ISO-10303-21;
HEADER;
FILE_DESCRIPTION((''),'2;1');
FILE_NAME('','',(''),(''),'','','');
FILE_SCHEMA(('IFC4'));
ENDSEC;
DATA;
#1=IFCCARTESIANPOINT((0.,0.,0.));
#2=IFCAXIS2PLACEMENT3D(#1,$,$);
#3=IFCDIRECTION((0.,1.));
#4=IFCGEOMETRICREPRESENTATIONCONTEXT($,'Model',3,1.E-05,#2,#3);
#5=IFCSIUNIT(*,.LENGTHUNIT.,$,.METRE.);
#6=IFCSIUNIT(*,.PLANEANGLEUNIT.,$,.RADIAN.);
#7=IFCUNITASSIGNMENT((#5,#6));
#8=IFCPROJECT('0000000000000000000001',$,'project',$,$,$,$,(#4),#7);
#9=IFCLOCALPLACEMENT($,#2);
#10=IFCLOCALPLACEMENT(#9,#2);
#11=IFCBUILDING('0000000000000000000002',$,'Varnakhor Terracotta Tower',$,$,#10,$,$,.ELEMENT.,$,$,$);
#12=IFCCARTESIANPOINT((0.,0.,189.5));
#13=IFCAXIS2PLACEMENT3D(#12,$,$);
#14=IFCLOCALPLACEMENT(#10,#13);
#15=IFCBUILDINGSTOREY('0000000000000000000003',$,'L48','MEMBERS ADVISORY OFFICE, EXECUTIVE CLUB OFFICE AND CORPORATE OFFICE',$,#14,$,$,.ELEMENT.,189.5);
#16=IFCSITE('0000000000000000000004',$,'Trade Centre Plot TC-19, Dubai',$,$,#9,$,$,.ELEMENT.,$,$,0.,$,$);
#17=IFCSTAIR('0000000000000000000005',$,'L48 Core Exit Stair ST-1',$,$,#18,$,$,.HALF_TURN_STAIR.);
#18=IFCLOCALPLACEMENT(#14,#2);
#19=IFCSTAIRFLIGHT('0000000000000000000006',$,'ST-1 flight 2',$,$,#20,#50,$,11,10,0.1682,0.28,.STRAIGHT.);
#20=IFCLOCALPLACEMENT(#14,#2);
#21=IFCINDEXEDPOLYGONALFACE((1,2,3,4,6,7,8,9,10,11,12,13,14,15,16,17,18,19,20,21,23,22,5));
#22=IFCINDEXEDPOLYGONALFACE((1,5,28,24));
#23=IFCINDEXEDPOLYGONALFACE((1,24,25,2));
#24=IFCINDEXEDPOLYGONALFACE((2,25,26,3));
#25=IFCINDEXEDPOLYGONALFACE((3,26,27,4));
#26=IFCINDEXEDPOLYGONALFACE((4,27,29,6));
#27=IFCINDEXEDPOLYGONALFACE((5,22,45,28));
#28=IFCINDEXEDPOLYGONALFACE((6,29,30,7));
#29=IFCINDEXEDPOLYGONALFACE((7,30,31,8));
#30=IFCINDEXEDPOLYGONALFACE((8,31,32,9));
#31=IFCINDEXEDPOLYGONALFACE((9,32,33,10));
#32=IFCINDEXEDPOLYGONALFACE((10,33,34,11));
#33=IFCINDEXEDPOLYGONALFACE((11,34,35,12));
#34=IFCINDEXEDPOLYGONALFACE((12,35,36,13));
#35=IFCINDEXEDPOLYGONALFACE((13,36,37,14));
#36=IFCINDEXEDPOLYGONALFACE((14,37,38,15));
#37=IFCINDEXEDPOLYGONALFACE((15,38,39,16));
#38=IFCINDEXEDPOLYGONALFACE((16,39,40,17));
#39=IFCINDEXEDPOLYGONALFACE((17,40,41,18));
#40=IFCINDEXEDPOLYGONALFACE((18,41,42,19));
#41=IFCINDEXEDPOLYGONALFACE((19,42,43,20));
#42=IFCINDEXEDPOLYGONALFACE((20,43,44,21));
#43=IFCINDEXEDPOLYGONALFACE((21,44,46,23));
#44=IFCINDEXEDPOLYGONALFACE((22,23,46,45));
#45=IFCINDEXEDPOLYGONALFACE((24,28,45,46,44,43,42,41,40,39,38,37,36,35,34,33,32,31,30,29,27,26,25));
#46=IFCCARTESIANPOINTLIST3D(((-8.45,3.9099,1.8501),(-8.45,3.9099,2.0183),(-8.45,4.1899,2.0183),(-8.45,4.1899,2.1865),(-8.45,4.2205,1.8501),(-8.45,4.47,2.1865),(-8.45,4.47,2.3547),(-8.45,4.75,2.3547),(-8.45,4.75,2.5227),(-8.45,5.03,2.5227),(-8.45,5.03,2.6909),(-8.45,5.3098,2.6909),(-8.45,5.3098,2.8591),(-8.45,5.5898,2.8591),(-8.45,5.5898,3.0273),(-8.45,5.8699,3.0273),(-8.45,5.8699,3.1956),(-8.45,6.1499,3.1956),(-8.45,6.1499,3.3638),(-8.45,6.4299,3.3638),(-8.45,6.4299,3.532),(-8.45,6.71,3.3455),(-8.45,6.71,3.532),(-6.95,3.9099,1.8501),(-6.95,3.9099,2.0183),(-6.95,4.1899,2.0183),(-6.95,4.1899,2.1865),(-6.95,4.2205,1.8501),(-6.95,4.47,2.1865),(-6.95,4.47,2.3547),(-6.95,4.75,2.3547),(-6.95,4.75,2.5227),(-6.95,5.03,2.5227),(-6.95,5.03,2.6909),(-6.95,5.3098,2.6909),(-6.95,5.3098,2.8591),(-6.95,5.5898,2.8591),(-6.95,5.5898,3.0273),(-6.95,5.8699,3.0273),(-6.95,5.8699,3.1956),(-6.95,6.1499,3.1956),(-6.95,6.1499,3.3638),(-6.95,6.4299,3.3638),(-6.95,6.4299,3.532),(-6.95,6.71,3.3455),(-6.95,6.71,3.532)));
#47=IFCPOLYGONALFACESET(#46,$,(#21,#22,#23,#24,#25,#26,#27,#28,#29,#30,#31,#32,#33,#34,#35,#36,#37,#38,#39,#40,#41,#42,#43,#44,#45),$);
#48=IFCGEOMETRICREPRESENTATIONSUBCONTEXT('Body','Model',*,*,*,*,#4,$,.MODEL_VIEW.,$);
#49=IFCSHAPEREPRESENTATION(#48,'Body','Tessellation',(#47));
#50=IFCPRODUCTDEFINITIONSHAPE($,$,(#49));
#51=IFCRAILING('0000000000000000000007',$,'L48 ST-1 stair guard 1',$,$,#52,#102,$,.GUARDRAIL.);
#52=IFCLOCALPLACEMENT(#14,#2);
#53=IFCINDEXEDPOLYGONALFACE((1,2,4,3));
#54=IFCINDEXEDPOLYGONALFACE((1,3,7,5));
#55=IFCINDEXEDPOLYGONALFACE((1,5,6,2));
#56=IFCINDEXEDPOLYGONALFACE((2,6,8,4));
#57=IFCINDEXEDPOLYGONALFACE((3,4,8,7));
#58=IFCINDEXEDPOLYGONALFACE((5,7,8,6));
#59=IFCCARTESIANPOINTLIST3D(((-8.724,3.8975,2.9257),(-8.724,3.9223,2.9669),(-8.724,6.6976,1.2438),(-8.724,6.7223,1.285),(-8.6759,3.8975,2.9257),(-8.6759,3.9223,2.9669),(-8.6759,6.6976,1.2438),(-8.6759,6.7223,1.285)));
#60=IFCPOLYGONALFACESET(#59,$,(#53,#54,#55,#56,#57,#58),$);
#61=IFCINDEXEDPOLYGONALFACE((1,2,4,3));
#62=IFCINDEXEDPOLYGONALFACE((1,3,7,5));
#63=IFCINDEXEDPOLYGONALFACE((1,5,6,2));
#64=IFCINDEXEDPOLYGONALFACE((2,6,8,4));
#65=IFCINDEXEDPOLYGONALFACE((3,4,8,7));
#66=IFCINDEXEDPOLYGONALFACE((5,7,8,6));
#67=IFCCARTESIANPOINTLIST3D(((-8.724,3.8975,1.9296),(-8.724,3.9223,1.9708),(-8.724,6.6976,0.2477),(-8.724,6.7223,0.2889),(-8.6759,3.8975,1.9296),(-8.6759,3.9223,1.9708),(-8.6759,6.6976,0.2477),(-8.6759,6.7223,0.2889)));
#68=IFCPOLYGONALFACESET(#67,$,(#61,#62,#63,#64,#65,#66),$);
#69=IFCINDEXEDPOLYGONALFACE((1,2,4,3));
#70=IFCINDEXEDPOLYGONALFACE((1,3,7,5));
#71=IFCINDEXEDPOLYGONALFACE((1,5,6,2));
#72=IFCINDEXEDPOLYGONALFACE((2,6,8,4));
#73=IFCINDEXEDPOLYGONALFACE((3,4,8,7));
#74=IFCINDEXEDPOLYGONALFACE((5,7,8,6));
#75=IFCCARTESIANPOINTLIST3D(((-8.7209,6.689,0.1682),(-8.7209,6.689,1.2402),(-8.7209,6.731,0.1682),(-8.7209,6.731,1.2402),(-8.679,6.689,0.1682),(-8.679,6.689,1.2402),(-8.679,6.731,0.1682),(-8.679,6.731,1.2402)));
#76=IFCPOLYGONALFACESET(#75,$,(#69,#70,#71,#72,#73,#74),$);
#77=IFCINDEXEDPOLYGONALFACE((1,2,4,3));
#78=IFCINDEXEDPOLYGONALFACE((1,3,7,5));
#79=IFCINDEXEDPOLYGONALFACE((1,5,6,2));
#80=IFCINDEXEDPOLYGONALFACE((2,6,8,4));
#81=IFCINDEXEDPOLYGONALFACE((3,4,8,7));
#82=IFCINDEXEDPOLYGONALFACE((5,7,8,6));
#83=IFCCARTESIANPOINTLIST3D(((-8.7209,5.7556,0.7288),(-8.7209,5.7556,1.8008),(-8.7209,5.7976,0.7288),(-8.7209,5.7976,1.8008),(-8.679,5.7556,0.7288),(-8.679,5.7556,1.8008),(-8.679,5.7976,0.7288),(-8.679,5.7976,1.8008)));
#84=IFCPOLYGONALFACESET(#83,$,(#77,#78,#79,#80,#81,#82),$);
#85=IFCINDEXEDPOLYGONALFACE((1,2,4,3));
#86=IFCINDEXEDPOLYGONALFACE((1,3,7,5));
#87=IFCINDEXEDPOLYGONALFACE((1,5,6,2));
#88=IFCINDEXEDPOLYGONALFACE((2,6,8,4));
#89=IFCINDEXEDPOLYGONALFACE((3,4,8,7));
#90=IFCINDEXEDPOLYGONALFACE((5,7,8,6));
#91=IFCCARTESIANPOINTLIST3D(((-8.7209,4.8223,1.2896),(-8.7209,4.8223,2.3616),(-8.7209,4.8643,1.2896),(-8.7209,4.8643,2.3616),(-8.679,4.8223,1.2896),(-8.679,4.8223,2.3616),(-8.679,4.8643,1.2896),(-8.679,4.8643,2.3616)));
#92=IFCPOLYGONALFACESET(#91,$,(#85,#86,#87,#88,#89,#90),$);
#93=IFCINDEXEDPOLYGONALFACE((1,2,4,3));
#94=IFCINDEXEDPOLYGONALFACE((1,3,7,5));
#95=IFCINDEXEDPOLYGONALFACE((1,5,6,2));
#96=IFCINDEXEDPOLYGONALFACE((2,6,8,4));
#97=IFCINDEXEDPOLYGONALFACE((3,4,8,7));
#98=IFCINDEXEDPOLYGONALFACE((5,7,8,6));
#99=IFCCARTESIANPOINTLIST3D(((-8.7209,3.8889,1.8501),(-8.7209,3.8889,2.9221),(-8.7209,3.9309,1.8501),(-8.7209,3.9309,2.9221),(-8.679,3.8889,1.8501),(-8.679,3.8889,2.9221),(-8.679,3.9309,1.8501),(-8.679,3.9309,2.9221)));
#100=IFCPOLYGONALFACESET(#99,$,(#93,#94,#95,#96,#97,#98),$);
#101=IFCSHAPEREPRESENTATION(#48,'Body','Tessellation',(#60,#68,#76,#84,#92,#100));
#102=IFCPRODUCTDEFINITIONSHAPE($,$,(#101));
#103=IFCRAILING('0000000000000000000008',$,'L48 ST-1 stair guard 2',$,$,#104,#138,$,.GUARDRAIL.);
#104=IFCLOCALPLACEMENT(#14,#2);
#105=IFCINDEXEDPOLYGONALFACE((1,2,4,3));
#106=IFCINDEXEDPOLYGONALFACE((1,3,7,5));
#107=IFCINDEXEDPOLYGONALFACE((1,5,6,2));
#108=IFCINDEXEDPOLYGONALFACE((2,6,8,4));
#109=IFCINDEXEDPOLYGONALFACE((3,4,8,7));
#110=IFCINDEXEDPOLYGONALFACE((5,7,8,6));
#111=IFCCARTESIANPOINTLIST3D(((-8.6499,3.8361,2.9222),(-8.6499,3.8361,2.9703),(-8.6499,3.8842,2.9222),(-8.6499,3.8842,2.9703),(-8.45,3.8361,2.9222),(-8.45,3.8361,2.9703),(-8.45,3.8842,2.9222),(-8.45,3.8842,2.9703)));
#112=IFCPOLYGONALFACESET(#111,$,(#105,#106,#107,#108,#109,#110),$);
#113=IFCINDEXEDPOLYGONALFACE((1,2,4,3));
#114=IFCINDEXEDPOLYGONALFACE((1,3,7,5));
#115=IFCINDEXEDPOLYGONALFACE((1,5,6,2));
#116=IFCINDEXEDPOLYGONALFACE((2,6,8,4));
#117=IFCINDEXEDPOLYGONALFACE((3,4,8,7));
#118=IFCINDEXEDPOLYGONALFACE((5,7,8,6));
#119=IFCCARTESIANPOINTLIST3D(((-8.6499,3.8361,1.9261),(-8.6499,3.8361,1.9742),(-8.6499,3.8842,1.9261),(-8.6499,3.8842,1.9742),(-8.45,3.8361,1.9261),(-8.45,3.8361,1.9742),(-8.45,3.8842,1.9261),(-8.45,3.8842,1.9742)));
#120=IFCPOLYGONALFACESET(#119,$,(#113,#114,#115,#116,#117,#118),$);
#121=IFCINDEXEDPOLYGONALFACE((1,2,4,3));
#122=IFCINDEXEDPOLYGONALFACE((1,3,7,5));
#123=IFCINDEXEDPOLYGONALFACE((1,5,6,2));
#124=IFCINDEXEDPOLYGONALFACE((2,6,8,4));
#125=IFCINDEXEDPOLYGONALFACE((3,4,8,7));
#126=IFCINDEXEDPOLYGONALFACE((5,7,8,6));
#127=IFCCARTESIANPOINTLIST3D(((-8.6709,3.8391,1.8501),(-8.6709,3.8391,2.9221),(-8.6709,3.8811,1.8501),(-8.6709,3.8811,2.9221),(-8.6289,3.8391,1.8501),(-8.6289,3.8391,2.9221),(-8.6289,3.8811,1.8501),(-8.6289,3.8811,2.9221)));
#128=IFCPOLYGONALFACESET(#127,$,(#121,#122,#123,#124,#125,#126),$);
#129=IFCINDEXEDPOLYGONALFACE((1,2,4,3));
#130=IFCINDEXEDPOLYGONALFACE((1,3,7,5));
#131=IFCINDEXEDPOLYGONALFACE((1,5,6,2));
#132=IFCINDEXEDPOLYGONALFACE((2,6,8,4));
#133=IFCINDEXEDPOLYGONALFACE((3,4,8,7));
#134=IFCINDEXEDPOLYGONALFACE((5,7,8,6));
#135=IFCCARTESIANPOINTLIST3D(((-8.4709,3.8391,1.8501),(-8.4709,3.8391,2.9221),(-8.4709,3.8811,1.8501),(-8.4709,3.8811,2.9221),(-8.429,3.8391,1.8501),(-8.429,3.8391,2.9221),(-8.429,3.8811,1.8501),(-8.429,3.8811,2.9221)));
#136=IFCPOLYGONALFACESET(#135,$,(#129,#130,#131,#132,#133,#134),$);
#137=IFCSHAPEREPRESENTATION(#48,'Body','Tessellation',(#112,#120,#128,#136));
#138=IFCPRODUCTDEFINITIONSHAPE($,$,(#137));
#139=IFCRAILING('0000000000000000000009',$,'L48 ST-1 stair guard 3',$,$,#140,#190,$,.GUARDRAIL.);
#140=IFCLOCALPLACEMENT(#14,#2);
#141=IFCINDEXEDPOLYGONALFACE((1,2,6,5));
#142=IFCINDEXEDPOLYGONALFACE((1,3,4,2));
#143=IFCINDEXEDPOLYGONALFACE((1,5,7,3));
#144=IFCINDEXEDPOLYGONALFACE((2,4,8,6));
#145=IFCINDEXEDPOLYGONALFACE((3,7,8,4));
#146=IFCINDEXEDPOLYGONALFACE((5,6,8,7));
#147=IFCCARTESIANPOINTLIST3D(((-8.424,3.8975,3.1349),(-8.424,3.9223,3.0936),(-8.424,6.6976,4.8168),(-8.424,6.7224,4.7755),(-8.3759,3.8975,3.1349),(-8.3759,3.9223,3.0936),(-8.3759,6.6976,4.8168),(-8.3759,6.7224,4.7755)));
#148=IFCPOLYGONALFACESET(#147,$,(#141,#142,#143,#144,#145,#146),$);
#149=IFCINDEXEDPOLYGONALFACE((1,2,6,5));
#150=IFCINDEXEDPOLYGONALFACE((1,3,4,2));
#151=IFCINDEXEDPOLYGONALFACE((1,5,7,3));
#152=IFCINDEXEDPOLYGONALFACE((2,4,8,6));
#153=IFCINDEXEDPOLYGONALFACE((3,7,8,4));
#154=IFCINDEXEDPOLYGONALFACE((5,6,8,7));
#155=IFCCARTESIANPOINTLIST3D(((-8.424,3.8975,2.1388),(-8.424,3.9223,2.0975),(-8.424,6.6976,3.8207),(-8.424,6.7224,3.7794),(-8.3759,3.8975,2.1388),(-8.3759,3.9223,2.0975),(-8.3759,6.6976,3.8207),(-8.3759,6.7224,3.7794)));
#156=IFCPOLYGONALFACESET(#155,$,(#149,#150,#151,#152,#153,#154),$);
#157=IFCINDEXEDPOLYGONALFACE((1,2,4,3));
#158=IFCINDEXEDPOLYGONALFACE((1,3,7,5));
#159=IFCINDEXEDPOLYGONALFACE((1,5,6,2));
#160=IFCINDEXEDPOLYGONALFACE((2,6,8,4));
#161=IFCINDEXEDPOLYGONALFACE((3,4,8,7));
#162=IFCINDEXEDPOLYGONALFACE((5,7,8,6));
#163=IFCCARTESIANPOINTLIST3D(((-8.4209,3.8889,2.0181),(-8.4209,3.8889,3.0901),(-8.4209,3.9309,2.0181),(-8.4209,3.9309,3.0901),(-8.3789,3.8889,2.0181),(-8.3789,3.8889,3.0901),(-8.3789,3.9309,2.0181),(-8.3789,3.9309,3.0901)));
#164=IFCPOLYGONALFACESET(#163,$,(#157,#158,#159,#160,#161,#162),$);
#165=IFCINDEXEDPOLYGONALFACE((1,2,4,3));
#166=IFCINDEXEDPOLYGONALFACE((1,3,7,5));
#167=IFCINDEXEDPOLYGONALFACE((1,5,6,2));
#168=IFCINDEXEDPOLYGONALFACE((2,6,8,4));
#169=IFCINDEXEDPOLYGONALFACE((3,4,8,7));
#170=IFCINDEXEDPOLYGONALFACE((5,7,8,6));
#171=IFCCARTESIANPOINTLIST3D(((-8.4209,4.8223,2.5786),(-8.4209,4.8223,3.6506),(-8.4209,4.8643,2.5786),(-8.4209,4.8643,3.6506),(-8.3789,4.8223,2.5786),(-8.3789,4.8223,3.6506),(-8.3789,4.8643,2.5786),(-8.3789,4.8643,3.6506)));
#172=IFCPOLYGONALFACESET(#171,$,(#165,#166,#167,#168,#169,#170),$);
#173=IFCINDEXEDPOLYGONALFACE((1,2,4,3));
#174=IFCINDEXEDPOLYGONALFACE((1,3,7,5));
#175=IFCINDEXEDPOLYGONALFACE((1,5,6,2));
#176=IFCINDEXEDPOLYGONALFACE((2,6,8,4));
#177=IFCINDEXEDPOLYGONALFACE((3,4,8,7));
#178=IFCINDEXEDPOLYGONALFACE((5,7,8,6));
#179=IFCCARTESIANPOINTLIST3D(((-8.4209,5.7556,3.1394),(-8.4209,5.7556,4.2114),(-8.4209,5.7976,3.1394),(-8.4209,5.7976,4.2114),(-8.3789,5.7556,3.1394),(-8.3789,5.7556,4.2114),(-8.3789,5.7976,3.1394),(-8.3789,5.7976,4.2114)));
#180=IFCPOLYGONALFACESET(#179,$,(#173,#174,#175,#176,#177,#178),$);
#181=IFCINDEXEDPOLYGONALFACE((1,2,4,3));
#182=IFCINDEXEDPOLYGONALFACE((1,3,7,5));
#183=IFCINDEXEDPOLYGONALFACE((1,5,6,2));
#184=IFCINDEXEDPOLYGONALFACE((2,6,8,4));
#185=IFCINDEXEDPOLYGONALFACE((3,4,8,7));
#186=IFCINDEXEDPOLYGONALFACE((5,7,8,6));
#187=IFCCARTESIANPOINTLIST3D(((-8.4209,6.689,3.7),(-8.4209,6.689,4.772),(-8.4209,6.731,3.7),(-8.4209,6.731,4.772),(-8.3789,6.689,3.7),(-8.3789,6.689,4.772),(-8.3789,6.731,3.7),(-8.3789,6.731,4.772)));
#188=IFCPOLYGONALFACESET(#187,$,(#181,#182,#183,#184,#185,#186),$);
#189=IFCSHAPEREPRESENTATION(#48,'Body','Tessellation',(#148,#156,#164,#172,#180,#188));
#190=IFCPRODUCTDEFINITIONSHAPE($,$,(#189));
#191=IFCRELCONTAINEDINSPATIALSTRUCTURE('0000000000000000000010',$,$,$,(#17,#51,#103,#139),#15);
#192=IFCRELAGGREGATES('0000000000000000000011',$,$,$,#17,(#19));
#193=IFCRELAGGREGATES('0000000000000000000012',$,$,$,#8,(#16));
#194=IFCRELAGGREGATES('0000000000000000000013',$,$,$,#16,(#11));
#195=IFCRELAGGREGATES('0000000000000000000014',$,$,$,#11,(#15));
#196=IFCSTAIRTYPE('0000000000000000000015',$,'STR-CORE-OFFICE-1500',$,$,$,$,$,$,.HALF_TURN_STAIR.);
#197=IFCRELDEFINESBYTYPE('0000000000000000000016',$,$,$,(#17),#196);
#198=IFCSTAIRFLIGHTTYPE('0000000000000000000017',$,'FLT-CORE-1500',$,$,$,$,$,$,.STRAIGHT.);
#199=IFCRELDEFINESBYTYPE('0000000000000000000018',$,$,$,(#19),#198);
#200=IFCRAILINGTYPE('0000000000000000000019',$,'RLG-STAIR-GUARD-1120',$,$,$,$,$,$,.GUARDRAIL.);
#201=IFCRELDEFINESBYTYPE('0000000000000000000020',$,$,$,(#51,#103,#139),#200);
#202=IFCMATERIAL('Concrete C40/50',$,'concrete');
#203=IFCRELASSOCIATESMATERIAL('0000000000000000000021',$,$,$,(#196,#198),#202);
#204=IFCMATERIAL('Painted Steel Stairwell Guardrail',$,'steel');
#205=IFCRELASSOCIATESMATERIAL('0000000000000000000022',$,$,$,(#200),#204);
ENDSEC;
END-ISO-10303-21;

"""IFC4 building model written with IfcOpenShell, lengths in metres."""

from ifc_helpers import new_model, si_unit, direction, frame, origin, origin_2d, place, context, subcontext, project, spatial, polyline, rectangle, outline, extrude, material, type_object, element, aggregate, save


model = new_model("IFC4")

# Units and contexts
model_context = context("Model", 3, precision=1e-05, world=origin(), true_north=direction((0.0, 1.0)))
body_context = subcontext(model_context, "Body", "Model", "MODEL_VIEW")
ifc_project = project(units=[si_unit("LENGTHUNIT", "METRE"), si_unit("PLANEANGLEUNIT", "RADIAN")], contexts=[model_context])

# Site, building, storey
site_placement = place(None, origin())
site = spatial("IfcSite", under=ifc_project, at=site_placement, Name="Trade Centre Plot TC-19, Dubai", CompositionType="ELEMENT", RefElevation=0.0)
building_placement = place(site_placement, origin())
building = spatial("IfcBuilding", under=site, at=building_placement, Name="Varnakhor Terracotta Tower", CompositionType="ELEMENT")
storey_placement = place(building_placement, frame((0.0, 0.0, 189.5)))
storey = spatial("IfcBuildingStorey", under=building, at=storey_placement, Name="L48", Description="MEMBERS ADVISORY OFFICE, EXECUTIVE CLUB OFFICE AND CORPORATE OFFICE", CompositionType="ELEMENT", Elevation=189.5)

# Stair, stair flight
ifc_material_1 = material(Name="Concrete C40/50", Category="concrete")
stair_type = type_object("IfcStairType", Name="STR-CORE-OFFICE-1500", PredefinedType="HALF_TURN_STAIR", material=ifc_material_1)
stair_placement = place(storey_placement, origin())
stair = element("IfcStair", 1, at=stair_placement, inside=storey, type_object=stair_type, Name="L48 Core Exit Stair ST-1", PredefinedType="HALF_TURN_STAIR")
stair_flight_type = type_object("IfcStairFlightType", Name="FLT-CORE-1500", PredefinedType="STRAIGHT", material=ifc_material_1)
stair_flight_1_placement = place(storey_placement, frame((-7.7, 3.9099, 1.8501), z_axis=(0.0, 0.0, 1.0), x_axis=(0.0, 1.0, 0.0)))
stair_flight_1 = element("IfcStairFlight", 2, at=stair_flight_1_placement, type_object=stair_flight_type, Name="ST-1 flight 2", NumberOfRisers=11, NumberOfTreads=10, PredefinedType="STRAIGHT", RiserHeight=0.1682, TreadLength=0.28, context=body_context, shape_type="SweptSolid", body=[
    extrude(outline(polyline([(0.0, 0.0), (0.0, 0.1682), (0.28, 0.1682), (0.28, 0.3364), (0.5601, 0.3364), (0.5601, 0.5046), (0.8401, 0.5046), (0.8401, 0.6726), (1.1201, 0.6726), (1.1201, 0.8408), (1.3999, 0.8408), (1.3999, 1.009), (1.6799, 1.009), (1.6799, 1.1772), (1.96, 1.1772), (1.96, 1.3455), (2.24, 1.3455), (2.24, 1.5137), (2.52, 1.5137), (2.52, 1.6819), (2.8, 1.6819), (2.8, 1.8501), (2.8, 1.4954), (0.3105, 0.0), (0.0, 0.0)])), frame((0.0, 0.75, 0.0), z_axis=(0.0, -1.0, 0.0), x_axis=(1.0, 0.0, 0.0)), (0.0, 0.0, 1.0), 1.5),
])
aggregate(stair, [stair_flight_1])

# Railings
ifc_material_2 = material(Name="Painted Steel Stairwell Guardrail", Category="steel")
railing_type_1 = type_object("IfcRailingType", Name="RLG-STAIR-GUARD-1120", PredefinedType="GUARDRAIL", material=ifc_material_2)
railing_1_placement = place(storey_placement, frame((-8.7, 6.71, 0.1682)))
element("IfcRailing", 3, at=railing_1_placement, inside=storey, type_object=railing_type_1, Name="L48 ST-1 stair guard 1", PredefinedType="GUARDRAIL", context=body_context, shape_type="SweptSolid", body=[
    extrude(rectangle(XDim=0.0481, YDim=0.0481, at=origin_2d()), frame((0.0, 0.0, 1.0962), z_axis=(0.0, -0.857242, 0.514913), x_axis=(1.0, 0.0, 0.0)), (0.0, 0.0, 1.0), 3.2664),
    extrude(rectangle(XDim=0.0481, YDim=0.0481, at=origin_2d()), frame((0.0, 0.0, 0.1001), z_axis=(0.0, -0.857242, 0.514913), x_axis=(1.0, 0.0, 0.0)), (0.0, 0.0, 1.0), 3.2664),
    extrude(rectangle(XDim=0.042, YDim=0.042, at=origin_2d()), origin(), (0.0, 0.0, 1.0), 1.072),
    extrude(rectangle(XDim=0.042, YDim=0.042, at=origin_2d()), frame((0.0, -0.9333, 0.5605)), (0.0, 0.0, 1.0), 1.072),
    extrude(rectangle(XDim=0.042, YDim=0.042, at=origin_2d()), frame((0.0, -1.8667, 1.1213)), (0.0, 0.0, 1.0), 1.072),
    extrude(rectangle(XDim=0.042, YDim=0.042, at=origin_2d()), frame((0.0, -2.8, 1.6819)), (0.0, 0.0, 1.0), 1.072),
])
railing_2_placement = place(storey_placement, frame((-8.6499, 3.8601, 1.8501)))
element("IfcRailing", 4, at=railing_2_placement, inside=storey, type_object=railing_type_1, Name="L48 ST-1 stair guard 2", PredefinedType="GUARDRAIL", context=body_context, shape_type="SweptSolid", body=[
    extrude(rectangle(XDim=0.0481, YDim=0.0481, at=origin_2d()), frame((0.0, 0.0, 1.0962), z_axis=(1.0, 0.0, 0.0), x_axis=(0.0, 1.0, 0.0)), (0.0, 0.0, 1.0), 0.2),
    extrude(rectangle(XDim=0.0481, YDim=0.0481, at=origin_2d()), frame((0.0, 0.0, 0.1001), z_axis=(1.0, 0.0, 0.0), x_axis=(0.0, 1.0, 0.0)), (0.0, 0.0, 1.0), 0.2),
    extrude(rectangle(XDim=0.042, YDim=0.042, at=origin_2d()), origin(), (0.0, 0.0, 1.0), 1.072),
    extrude(rectangle(XDim=0.042, YDim=0.042, at=origin_2d()), frame((0.2, 0.0, 0.0)), (0.0, 0.0, 1.0), 1.072),
])
railing_3_placement = place(storey_placement, frame((-8.3999, 3.9099, 2.0181)))
element("IfcRailing", 5, at=railing_3_placement, inside=storey, type_object=railing_type_1, Name="L48 ST-1 stair guard 3", PredefinedType="GUARDRAIL", context=body_context, shape_type="SweptSolid", body=[
    extrude(rectangle(XDim=0.0481, YDim=0.0481, at=origin_2d()), frame((0.0, 0.0, 1.0962), z_axis=(0.0, 0.857242, 0.514913), x_axis=(-1.0, 0.0, 0.0)), (0.0, 0.0, 1.0), 3.2664),
    extrude(rectangle(XDim=0.0481, YDim=0.0481, at=origin_2d()), frame((0.0, 0.0, 0.1001), z_axis=(0.0, 0.857242, 0.514913), x_axis=(-1.0, 0.0, 0.0)), (0.0, 0.0, 1.0), 3.2664),
    extrude(rectangle(XDim=0.042, YDim=0.042, at=origin_2d()), origin(), (0.0, 0.0, 1.0), 1.072),
    extrude(rectangle(XDim=0.042, YDim=0.042, at=origin_2d()), frame((0.0, 0.9333, 0.5605)), (0.0, 0.0, 1.0), 1.072),
    extrude(rectangle(XDim=0.042, YDim=0.042, at=origin_2d()), frame((0.0, 1.8667, 1.1213)), (0.0, 0.0, 1.0), 1.072),
    extrude(rectangle(XDim=0.042, YDim=0.042, at=origin_2d()), frame((0.0, 2.8, 1.6819)), (0.0, 0.0, 1.0), 1.072),
])

save(model, "model.ifc")
